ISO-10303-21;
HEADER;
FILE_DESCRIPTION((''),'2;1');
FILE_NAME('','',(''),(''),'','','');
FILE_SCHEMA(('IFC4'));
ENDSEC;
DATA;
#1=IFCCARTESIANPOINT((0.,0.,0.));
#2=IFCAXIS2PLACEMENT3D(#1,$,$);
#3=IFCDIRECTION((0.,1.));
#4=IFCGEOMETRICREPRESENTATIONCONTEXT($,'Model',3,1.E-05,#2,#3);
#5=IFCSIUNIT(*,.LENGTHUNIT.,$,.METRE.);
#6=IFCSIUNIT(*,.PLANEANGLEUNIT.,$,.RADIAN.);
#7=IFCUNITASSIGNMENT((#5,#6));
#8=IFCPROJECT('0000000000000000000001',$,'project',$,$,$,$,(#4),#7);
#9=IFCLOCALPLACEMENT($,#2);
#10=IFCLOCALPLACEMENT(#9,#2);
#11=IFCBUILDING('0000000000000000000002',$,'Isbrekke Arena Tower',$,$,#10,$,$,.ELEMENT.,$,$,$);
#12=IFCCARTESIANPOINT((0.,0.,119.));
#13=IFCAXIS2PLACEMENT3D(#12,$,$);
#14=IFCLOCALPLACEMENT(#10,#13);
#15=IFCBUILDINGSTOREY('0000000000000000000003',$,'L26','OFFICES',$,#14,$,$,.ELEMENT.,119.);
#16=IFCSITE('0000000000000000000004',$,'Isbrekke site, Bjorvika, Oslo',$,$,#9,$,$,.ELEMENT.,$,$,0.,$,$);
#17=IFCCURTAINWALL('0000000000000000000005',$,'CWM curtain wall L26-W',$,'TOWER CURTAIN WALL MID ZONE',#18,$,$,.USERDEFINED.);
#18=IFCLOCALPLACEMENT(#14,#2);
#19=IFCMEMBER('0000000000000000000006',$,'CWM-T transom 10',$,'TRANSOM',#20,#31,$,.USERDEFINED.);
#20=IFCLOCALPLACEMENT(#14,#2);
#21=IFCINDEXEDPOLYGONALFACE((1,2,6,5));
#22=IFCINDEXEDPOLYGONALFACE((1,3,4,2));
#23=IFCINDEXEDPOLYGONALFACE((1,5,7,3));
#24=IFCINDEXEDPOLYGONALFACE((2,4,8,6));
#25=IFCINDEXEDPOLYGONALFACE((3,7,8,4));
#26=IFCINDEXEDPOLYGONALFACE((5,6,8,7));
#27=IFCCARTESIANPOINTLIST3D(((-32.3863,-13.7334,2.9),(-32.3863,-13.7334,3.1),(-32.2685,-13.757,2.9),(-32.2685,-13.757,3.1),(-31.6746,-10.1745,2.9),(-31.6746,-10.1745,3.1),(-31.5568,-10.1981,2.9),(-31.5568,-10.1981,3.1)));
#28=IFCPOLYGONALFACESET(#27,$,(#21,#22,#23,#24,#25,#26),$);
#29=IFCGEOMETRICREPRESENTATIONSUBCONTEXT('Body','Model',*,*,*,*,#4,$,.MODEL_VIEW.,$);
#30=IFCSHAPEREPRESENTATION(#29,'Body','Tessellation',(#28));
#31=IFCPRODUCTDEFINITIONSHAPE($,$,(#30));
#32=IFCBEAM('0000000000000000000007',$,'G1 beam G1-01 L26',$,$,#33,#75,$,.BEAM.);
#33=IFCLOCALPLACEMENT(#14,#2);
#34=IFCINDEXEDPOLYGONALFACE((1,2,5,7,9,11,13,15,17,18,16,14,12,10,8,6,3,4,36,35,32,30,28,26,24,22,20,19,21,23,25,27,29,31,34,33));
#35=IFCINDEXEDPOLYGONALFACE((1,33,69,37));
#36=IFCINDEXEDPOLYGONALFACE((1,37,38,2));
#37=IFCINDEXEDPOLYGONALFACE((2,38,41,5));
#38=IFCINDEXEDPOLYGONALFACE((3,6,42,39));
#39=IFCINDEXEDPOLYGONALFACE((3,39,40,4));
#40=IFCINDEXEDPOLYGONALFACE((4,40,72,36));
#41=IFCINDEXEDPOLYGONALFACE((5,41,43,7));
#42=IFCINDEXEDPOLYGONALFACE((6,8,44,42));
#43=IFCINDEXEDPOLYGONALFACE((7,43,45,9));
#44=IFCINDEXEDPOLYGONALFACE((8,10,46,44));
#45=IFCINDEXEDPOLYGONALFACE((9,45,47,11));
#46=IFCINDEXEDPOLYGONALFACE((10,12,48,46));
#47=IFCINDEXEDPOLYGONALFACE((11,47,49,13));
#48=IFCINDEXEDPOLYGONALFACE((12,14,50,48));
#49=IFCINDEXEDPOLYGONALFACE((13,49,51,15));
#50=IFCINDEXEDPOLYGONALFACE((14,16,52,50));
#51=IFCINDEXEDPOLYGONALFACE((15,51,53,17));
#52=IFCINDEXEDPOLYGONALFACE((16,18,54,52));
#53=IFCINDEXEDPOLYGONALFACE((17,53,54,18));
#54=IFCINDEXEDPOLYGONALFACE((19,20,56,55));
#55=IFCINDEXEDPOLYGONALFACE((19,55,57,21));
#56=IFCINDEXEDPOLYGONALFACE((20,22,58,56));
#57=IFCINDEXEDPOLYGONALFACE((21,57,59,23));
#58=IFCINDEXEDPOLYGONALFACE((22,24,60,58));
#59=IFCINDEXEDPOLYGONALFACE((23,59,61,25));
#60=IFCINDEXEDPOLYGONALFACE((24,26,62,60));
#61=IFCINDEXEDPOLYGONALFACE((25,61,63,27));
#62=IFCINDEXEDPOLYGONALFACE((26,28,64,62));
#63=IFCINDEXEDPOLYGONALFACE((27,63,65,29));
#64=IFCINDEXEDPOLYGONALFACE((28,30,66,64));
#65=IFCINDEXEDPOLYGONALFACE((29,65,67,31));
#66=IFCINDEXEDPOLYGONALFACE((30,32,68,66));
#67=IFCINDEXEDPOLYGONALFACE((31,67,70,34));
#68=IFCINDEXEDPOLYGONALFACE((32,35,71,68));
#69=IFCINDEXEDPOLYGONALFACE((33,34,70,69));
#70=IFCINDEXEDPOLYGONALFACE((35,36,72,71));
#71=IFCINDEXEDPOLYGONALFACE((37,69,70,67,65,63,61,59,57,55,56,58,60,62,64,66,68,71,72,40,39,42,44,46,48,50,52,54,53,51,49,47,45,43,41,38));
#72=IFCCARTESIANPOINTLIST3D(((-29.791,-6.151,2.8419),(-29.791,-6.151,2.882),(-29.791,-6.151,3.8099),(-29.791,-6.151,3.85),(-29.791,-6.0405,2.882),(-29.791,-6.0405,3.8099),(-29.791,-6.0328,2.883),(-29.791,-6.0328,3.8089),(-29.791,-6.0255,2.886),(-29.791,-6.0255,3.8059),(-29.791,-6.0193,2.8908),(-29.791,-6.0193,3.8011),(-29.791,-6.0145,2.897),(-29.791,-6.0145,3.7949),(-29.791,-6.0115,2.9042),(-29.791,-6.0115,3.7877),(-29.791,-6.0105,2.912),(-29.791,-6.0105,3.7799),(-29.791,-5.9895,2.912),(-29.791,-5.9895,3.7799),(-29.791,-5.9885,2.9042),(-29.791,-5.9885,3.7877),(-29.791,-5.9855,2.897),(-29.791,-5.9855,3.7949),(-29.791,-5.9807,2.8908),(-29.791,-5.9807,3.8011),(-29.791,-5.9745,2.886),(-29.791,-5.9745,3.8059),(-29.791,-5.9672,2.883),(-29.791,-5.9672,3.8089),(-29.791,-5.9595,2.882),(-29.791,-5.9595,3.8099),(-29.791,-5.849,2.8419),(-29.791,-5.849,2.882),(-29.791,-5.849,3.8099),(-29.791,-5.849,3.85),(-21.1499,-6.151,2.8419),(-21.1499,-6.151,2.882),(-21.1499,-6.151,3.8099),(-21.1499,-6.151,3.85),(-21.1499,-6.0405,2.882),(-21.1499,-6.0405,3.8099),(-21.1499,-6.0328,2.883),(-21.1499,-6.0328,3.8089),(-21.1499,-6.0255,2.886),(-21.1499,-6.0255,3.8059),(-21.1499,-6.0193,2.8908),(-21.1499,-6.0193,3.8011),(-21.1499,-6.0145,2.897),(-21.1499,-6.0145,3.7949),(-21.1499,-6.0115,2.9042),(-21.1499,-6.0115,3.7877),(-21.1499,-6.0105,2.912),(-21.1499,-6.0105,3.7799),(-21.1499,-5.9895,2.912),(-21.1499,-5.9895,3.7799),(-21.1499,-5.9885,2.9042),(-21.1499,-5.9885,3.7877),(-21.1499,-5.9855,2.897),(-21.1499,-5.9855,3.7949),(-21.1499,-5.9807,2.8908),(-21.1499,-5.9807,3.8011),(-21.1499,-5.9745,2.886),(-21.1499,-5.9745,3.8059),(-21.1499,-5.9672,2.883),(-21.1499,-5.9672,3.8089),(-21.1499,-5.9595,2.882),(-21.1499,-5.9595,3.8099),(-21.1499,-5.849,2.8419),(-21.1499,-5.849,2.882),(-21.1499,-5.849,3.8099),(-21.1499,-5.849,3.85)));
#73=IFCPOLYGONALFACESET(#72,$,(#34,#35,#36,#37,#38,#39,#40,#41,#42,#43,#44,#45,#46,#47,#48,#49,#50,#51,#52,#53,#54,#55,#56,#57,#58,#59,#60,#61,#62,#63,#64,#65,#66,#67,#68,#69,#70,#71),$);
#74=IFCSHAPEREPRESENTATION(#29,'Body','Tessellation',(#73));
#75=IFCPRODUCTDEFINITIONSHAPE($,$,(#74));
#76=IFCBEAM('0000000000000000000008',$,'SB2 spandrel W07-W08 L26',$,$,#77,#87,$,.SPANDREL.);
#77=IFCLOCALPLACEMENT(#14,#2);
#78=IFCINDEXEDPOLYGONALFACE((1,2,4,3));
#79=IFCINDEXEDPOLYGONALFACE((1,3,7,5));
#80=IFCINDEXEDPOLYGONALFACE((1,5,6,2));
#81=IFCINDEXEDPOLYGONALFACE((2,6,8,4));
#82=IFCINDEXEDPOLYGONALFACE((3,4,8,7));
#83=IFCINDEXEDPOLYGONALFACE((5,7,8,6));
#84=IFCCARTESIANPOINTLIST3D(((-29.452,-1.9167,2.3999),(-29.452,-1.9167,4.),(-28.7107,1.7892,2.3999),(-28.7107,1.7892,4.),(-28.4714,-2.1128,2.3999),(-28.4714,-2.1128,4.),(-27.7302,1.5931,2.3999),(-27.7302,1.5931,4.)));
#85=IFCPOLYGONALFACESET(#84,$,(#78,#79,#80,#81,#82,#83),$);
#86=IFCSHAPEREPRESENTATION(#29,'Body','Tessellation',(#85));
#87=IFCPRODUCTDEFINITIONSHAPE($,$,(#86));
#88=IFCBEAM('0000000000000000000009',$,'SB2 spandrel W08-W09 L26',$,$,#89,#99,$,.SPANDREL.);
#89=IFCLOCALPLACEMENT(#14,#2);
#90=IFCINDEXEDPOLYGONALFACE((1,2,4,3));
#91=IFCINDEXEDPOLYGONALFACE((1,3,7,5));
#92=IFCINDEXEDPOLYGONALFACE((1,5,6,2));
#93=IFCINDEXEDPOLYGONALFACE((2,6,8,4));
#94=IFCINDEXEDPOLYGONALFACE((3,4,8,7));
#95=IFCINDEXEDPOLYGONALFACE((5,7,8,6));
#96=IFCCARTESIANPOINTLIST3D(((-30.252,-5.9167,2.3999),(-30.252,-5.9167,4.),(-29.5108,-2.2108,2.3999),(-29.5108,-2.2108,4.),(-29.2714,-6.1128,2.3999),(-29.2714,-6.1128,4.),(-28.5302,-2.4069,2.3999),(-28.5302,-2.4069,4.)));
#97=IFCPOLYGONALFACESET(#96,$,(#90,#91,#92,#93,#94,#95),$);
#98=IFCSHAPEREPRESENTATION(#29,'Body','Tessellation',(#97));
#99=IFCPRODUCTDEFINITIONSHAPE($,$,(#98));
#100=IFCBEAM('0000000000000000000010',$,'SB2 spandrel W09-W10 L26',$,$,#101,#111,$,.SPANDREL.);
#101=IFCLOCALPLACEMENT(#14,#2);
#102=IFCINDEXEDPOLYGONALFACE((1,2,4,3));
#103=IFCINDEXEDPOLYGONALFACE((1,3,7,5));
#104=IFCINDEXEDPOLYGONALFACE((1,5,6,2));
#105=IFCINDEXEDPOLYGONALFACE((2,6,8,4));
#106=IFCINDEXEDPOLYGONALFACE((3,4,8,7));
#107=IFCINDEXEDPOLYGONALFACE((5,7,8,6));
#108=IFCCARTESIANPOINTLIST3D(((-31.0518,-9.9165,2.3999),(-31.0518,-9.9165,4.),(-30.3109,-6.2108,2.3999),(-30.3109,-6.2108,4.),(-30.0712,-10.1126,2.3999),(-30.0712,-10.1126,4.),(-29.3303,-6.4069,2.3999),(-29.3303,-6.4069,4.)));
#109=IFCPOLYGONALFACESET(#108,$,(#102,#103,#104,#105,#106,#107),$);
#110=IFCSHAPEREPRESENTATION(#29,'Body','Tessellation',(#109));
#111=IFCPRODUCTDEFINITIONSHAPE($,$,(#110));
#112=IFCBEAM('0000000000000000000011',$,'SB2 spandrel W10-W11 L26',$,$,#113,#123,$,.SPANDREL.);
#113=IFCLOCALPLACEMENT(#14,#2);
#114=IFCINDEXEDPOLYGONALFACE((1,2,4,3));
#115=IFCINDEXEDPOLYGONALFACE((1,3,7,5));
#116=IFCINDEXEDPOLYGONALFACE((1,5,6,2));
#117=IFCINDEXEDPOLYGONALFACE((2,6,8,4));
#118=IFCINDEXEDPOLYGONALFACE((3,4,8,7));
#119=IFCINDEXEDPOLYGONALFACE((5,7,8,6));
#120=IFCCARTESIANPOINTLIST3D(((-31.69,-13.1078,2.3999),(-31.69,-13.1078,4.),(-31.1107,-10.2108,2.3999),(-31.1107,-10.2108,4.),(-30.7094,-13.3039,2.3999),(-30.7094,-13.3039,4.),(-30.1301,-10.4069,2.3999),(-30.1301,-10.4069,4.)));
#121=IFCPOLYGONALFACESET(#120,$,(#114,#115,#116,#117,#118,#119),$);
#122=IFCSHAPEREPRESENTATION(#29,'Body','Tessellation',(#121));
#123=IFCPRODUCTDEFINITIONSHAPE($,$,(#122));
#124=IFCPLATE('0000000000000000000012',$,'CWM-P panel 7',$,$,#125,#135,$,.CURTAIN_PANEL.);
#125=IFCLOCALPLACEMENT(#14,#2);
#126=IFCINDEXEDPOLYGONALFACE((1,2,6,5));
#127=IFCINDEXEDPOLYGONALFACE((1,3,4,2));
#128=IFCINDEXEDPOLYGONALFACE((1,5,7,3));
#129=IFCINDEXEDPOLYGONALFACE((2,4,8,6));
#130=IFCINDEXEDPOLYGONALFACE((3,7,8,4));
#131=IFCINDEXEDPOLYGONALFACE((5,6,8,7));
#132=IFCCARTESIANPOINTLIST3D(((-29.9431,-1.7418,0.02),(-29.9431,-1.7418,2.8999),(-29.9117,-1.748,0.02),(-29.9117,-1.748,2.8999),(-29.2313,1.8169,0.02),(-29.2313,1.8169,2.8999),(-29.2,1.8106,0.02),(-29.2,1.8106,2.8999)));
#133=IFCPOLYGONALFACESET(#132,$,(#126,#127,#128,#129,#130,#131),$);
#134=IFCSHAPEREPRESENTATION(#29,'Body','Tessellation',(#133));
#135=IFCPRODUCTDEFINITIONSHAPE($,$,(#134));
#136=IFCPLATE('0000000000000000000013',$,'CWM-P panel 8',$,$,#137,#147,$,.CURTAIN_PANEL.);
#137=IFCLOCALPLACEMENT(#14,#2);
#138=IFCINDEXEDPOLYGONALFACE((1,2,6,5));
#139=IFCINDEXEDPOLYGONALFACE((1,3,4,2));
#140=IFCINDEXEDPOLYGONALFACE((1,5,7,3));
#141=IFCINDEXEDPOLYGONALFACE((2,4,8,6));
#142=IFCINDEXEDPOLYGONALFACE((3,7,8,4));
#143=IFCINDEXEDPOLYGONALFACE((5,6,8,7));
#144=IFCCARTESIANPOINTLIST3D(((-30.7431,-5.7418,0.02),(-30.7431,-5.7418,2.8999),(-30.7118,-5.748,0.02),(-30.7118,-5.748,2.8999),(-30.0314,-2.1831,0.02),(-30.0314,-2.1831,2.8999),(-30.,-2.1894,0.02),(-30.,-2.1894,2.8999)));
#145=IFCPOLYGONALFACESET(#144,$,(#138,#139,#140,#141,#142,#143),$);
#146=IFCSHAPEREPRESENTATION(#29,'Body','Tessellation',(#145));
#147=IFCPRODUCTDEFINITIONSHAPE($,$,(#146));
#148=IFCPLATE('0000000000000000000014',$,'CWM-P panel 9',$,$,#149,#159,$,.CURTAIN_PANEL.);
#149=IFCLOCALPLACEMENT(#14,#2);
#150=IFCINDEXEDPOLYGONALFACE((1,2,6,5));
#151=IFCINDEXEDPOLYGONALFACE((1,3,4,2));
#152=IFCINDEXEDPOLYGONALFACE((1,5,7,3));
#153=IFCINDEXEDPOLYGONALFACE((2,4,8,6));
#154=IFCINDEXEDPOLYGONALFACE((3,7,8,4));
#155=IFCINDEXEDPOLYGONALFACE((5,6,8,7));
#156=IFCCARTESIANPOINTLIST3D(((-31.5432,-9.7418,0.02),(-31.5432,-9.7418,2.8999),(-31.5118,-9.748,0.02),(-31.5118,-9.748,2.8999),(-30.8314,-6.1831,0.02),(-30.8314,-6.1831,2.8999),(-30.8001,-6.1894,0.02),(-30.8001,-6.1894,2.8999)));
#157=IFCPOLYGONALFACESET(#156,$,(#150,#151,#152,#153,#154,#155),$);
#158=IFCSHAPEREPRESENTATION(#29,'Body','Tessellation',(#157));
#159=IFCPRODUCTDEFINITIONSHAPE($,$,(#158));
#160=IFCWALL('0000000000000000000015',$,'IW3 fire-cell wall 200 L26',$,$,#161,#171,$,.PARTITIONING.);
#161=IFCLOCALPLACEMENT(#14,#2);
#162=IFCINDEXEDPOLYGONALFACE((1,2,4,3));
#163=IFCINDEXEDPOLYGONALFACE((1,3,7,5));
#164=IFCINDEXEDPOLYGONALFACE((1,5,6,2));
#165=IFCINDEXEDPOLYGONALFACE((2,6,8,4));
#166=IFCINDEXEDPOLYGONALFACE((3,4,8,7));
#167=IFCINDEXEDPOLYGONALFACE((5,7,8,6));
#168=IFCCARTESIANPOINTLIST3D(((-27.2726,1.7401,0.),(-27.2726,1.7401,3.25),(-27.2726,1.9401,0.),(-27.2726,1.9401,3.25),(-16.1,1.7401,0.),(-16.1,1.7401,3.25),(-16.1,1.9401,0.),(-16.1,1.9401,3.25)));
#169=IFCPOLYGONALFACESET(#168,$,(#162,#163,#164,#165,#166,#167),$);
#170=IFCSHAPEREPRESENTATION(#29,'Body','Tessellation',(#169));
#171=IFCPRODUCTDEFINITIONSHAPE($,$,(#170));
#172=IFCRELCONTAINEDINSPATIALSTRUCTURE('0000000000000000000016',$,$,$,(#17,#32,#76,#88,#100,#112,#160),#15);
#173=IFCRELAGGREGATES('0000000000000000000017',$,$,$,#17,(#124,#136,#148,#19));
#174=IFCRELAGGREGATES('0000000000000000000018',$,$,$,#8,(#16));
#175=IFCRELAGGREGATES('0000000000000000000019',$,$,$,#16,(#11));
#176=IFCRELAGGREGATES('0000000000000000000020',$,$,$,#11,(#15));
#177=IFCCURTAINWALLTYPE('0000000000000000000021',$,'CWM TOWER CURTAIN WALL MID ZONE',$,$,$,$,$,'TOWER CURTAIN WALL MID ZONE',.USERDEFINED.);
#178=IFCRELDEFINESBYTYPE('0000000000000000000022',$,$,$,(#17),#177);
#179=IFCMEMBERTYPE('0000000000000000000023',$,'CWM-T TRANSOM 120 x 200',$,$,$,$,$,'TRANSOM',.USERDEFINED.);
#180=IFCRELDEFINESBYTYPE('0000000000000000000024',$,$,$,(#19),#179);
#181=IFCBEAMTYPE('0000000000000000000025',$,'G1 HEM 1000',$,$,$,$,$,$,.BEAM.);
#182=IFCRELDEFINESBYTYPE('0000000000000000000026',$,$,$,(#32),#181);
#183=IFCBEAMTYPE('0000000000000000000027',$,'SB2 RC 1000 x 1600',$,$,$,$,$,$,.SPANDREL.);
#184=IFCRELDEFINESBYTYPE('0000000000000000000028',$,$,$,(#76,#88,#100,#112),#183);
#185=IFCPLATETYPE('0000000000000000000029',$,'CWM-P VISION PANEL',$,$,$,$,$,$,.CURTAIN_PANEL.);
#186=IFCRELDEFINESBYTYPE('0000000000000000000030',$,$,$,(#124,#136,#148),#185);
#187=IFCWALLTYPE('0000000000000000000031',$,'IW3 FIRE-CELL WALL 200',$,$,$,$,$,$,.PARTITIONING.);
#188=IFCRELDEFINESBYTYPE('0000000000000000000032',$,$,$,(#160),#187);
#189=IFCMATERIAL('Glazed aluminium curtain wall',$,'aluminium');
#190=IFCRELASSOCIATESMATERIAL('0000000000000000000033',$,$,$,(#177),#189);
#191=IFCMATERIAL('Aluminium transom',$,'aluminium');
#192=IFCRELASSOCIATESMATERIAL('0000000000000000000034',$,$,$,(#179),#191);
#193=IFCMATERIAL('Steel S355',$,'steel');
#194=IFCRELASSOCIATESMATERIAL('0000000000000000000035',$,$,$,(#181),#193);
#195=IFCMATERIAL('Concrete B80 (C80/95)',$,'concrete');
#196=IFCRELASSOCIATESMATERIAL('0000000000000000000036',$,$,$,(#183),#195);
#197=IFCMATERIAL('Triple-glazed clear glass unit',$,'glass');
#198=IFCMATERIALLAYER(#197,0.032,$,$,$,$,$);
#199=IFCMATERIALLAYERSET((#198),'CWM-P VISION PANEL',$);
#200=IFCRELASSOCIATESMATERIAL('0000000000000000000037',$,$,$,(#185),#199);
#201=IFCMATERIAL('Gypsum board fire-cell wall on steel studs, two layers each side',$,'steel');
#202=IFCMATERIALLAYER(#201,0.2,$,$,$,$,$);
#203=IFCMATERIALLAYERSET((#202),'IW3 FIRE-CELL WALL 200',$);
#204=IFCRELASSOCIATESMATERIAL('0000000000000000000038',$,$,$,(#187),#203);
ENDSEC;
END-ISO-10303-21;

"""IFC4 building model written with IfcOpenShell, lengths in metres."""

from ifc_helpers import new_model, si_unit, direction, frame, frame_2d, origin, origin_2d, place, context, subcontext, project, spatial, rectangle, i_section, extrude, material, layer, layer_set, material_profile, profile_set, type_object, element, aggregate, save


model = new_model("IFC4")

# Units and contexts
model_context = context("Model", 3, precision=1e-05, world=origin(), true_north=direction((0.0, 1.0)))
body_context = subcontext(model_context, "Body", "Model", "MODEL_VIEW")
ifc_project = project(units=[si_unit("LENGTHUNIT", "METRE"), si_unit("PLANEANGLEUNIT", "RADIAN")], contexts=[model_context])

# Site, building, storey
site_placement = place(None, origin())
site = spatial("IfcSite", under=ifc_project, at=site_placement, Name="Isbrekke site, Bjorvika, Oslo", CompositionType="ELEMENT", RefElevation=0.0)
building_placement = place(site_placement, origin())
building = spatial("IfcBuilding", under=site, at=building_placement, Name="Isbrekke Arena Tower", CompositionType="ELEMENT")
storey_placement = place(building_placement, frame((0.0, 0.0, 119.0)))
storey = spatial("IfcBuildingStorey", under=building, at=storey_placement, Name="L26", Description="OFFICES", CompositionType="ELEMENT", Elevation=119.0)

# Curtain wall, member
ifc_material_1 = material(Name="Glazed aluminium curtain wall", Category="aluminium")
curtain_wall_type = type_object("IfcCurtainWallType", Name="CWM TOWER CURTAIN WALL MID ZONE", ElementType="TOWER CURTAIN WALL MID ZONE", PredefinedType="USERDEFINED", material=ifc_material_1)
curtain_wall_placement = place(storey_placement, origin())
curtain_wall = element("IfcCurtainWall", 1, at=curtain_wall_placement, inside=storey, type_object=curtain_wall_type, Name="CWM curtain wall L26-W", ObjectType="TOWER CURTAIN WALL MID ZONE", PredefinedType="USERDEFINED")
ifc_material_2 = material(Name="Aluminium transom", Category="aluminium")
ifc_material_profile_1 = material_profile(ifc_material_2, rectangle(XDim=0.1201, YDim=0.2, at=origin_2d()), Name="TRANSOM 120X200")
ifc_profile_set_1 = profile_set([ifc_material_profile_1], Name="Aluminium transom")
member_type_1 = type_object("IfcMemberType", Name="CWM-T TRANSOM 120 x 200", ElementType="TRANSOM", PredefinedType="USERDEFINED", material=ifc_profile_set_1)
member_1_placement = place(storey_placement, frame((-31.6157, -10.1863, 3.0), z_axis=(-0.19609, -0.980586, 0.0), x_axis=(0.980586, -0.19609, 0.0)))
member_1 = element("IfcMember", 2, at=member_1_placement, type_object=member_type_1, Name="CWM-T transom 10", ObjectType="TRANSOM", PredefinedType="USERDEFINED", context=body_context, shape_type="SweptSolid", body=[
    extrude(rectangle(XDim=0.1201, YDim=0.2, at=origin_2d()), origin(), (0.0, 0.0, 1.0), 3.6294),
])

# Beams
ifc_material_3 = material(Name="Steel S355", Category="steel")
ifc_material_profile_2 = material_profile(ifc_material_3, i_section(OverallWidth=0.302, OverallDepth=1.0081, WebThickness=0.021, FlangeThickness=0.04, FilletRadius=0.03, at=origin_2d()), Name="HEM 1000")
ifc_profile_set_2 = profile_set([ifc_material_profile_2], Name="Steel S355")
beam_type_1 = type_object("IfcBeamType", Name="G1 HEM 1000", PredefinedType="BEAM", material=ifc_profile_set_2)
beam_1_placement = place(storey_placement, frame((-29.791, -6.0, 3.3459), z_axis=(1.0, 0.0, 0.0), x_axis=(0.0, 1.0, 0.0)))
element("IfcBeam", 3, at=beam_1_placement, inside=storey, type_object=beam_type_1, Name="G1 beam G1-01 L26", PredefinedType="BEAM", context=body_context, shape_type="SweptSolid", body=[
    extrude(i_section(OverallWidth=0.302, OverallDepth=1.0081, WebThickness=0.021, FlangeThickness=0.04, FilletRadius=0.03, at=origin_2d()), origin(), (0.0, 0.0, 1.0), 8.6411),
])
ifc_material_4 = material(Name="Concrete B80 (C80/95)", Category="concrete")
ifc_material_profile_3 = material_profile(ifc_material_4, rectangle(XDim=1.0, YDim=1.6001, at=origin_2d()), Name="RC 1000x1600")
ifc_profile_set_3 = profile_set([ifc_material_profile_3], Name="Concrete B80 (C80/95)")
beam_type_2 = type_object("IfcBeamType", Name="SB2 RC 1000 x 1600", PredefinedType="SPANDREL", material=ifc_profile_set_3)
for number, where, z_axis, x_axis, name in (
    (4, (-28.2205, 1.6912, 3.2), (-0.196129, -0.980578, 0.0), (0.980578, -0.196129, 0.0), "SB2 spandrel W07-W08 L26"),
    (5, (-29.0205, -2.3088, 3.2), (-0.196129, -0.980578, 0.0), (0.980578, -0.196129, 0.0), "SB2 spandrel W08-W09 L26"),
):
    element("IfcBeam", number, at=place(storey_placement, frame(where, z_axis=z_axis, x_axis=x_axis)), inside=storey, type_object=beam_type_2, Name=name, PredefinedType="SPANDREL", context=body_context, shape_type="SweptSolid", body=[
        extrude(rectangle(XDim=1.0, YDim=1.6001, at=origin_2d()), origin(), (0.0, 0.0, 1.0), 3.7793),
    ])
beam_2_placement = place(storey_placement, frame((-29.8206, -6.3088, 3.2), z_axis=(-0.196066, -0.980591, 0.0), x_axis=(0.980591, -0.196066, 0.0)))
element("IfcBeam", 6, at=beam_2_placement, inside=storey, type_object=beam_type_2, Name="SB2 spandrel W09-W10 L26", PredefinedType="SPANDREL", context=body_context, shape_type="SweptSolid", body=[
    extrude(rectangle(XDim=1.0, YDim=1.6001, at=origin_2d()), origin(), (0.0, 0.0, 1.0), 3.7791),
])
beam_3_placement = place(storey_placement, frame((-30.6204, -10.3088, 3.2), z_axis=(-0.1961, -0.980584, 0.0), x_axis=(0.980584, -0.1961, 0.0)))
element("IfcBeam", 7, at=beam_3_placement, inside=storey, type_object=beam_type_2, Name="SB2 spandrel W10-W11 L26", PredefinedType="SPANDREL", context=body_context, shape_type="SweptSolid", body=[
    extrude(rectangle(XDim=1.0, YDim=1.6001, at=origin_2d()), origin(), (0.0, 0.0, 1.0), 2.9543),
])

# Plates
ifc_material_5 = material(Name="Triple-glazed clear glass unit", Category="glass")
ifc_layer_1 = layer(ifc_material_5, 0.032)
ifc_layer_set_1 = layer_set([ifc_layer_1], Name="CWM-P VISION PANEL")
plate_type = type_object("IfcPlateType", Name="CWM-P VISION PANEL", PredefinedType="CURTAIN_PANEL", material=ifc_layer_set_1)
plate_1_placement = place(storey_placement, frame((-29.5715, 0.0344, 0.02), z_axis=(0.0, 0.0, 1.0), x_axis=(-0.196116, -0.980581, 0.0)))
plate_1 = element("IfcPlate", 8, at=plate_1_placement, type_object=plate_type, Name="CWM-P panel 7", PredefinedType="CURTAIN_PANEL", context=body_context, shape_type="SweptSolid", body=[
    extrude(rectangle(XDim=3.6292, YDim=0.032, at=origin_2d()), origin(), (0.0, 0.0, 1.0), 2.8799),
])
plate_2_placement = place(storey_placement, frame((-30.3716, -3.9656, 0.02), z_axis=(0.0, 0.0, 1.0), x_axis=(-0.196116, -0.980581, 0.0)))
plate_2 = element("IfcPlate", 9, at=plate_2_placement, type_object=plate_type, Name="CWM-P panel 8", PredefinedType="CURTAIN_PANEL", context=body_context, shape_type="SweptSolid", body=[
    extrude(rectangle(XDim=3.6292, YDim=0.032, at=origin_2d()), origin(), (0.0, 0.0, 1.0), 2.8799),
])
plate_3_placement = place(storey_placement, frame((-31.1716, -7.9656, 0.02), z_axis=(0.0, 0.0, 1.0), x_axis=(-0.196116, -0.980581, 0.0)))
plate_3 = element("IfcPlate", 10, at=plate_3_placement, type_object=plate_type, Name="CWM-P panel 9", PredefinedType="CURTAIN_PANEL", context=body_context, shape_type="SweptSolid", body=[
    extrude(rectangle(XDim=3.6292, YDim=0.032, at=origin_2d()), origin(), (0.0, 0.0, 1.0), 2.8799),
])
aggregate(curtain_wall, [plate_1, plate_2, plate_3, member_1])

# Wall
ifc_material_6 = material(Name="Gypsum board fire-cell wall on steel studs, two layers each side", Category="steel")
ifc_layer_2 = layer(ifc_material_6, 0.2)
ifc_layer_set_2 = layer_set([ifc_layer_2], Name="IW3 FIRE-CELL WALL 200")
wall_type_1 = type_object("IfcWallType", Name="IW3 FIRE-CELL WALL 200", PredefinedType="PARTITIONING", material=ifc_layer_set_2)
wall_1_placement = place(storey_placement, frame((-27.2727, 1.8401, 0.0), z_axis=(0.0, 0.0, 1.0), x_axis=(1.0, 0.0, 0.0)))
element("IfcWall", 11, at=wall_1_placement, inside=storey, type_object=wall_type_1, Name="IW3 fire-cell wall 200 L26", PredefinedType="PARTITIONING", context=body_context, shape_type="SweptSolid", body=[
    extrude(rectangle(XDim=11.1726, YDim=0.2, at=frame_2d((5.5864, 0.0))), origin(), (0.0, 0.0, 1.0), 3.25),
])

save(model, "model.ifc")
